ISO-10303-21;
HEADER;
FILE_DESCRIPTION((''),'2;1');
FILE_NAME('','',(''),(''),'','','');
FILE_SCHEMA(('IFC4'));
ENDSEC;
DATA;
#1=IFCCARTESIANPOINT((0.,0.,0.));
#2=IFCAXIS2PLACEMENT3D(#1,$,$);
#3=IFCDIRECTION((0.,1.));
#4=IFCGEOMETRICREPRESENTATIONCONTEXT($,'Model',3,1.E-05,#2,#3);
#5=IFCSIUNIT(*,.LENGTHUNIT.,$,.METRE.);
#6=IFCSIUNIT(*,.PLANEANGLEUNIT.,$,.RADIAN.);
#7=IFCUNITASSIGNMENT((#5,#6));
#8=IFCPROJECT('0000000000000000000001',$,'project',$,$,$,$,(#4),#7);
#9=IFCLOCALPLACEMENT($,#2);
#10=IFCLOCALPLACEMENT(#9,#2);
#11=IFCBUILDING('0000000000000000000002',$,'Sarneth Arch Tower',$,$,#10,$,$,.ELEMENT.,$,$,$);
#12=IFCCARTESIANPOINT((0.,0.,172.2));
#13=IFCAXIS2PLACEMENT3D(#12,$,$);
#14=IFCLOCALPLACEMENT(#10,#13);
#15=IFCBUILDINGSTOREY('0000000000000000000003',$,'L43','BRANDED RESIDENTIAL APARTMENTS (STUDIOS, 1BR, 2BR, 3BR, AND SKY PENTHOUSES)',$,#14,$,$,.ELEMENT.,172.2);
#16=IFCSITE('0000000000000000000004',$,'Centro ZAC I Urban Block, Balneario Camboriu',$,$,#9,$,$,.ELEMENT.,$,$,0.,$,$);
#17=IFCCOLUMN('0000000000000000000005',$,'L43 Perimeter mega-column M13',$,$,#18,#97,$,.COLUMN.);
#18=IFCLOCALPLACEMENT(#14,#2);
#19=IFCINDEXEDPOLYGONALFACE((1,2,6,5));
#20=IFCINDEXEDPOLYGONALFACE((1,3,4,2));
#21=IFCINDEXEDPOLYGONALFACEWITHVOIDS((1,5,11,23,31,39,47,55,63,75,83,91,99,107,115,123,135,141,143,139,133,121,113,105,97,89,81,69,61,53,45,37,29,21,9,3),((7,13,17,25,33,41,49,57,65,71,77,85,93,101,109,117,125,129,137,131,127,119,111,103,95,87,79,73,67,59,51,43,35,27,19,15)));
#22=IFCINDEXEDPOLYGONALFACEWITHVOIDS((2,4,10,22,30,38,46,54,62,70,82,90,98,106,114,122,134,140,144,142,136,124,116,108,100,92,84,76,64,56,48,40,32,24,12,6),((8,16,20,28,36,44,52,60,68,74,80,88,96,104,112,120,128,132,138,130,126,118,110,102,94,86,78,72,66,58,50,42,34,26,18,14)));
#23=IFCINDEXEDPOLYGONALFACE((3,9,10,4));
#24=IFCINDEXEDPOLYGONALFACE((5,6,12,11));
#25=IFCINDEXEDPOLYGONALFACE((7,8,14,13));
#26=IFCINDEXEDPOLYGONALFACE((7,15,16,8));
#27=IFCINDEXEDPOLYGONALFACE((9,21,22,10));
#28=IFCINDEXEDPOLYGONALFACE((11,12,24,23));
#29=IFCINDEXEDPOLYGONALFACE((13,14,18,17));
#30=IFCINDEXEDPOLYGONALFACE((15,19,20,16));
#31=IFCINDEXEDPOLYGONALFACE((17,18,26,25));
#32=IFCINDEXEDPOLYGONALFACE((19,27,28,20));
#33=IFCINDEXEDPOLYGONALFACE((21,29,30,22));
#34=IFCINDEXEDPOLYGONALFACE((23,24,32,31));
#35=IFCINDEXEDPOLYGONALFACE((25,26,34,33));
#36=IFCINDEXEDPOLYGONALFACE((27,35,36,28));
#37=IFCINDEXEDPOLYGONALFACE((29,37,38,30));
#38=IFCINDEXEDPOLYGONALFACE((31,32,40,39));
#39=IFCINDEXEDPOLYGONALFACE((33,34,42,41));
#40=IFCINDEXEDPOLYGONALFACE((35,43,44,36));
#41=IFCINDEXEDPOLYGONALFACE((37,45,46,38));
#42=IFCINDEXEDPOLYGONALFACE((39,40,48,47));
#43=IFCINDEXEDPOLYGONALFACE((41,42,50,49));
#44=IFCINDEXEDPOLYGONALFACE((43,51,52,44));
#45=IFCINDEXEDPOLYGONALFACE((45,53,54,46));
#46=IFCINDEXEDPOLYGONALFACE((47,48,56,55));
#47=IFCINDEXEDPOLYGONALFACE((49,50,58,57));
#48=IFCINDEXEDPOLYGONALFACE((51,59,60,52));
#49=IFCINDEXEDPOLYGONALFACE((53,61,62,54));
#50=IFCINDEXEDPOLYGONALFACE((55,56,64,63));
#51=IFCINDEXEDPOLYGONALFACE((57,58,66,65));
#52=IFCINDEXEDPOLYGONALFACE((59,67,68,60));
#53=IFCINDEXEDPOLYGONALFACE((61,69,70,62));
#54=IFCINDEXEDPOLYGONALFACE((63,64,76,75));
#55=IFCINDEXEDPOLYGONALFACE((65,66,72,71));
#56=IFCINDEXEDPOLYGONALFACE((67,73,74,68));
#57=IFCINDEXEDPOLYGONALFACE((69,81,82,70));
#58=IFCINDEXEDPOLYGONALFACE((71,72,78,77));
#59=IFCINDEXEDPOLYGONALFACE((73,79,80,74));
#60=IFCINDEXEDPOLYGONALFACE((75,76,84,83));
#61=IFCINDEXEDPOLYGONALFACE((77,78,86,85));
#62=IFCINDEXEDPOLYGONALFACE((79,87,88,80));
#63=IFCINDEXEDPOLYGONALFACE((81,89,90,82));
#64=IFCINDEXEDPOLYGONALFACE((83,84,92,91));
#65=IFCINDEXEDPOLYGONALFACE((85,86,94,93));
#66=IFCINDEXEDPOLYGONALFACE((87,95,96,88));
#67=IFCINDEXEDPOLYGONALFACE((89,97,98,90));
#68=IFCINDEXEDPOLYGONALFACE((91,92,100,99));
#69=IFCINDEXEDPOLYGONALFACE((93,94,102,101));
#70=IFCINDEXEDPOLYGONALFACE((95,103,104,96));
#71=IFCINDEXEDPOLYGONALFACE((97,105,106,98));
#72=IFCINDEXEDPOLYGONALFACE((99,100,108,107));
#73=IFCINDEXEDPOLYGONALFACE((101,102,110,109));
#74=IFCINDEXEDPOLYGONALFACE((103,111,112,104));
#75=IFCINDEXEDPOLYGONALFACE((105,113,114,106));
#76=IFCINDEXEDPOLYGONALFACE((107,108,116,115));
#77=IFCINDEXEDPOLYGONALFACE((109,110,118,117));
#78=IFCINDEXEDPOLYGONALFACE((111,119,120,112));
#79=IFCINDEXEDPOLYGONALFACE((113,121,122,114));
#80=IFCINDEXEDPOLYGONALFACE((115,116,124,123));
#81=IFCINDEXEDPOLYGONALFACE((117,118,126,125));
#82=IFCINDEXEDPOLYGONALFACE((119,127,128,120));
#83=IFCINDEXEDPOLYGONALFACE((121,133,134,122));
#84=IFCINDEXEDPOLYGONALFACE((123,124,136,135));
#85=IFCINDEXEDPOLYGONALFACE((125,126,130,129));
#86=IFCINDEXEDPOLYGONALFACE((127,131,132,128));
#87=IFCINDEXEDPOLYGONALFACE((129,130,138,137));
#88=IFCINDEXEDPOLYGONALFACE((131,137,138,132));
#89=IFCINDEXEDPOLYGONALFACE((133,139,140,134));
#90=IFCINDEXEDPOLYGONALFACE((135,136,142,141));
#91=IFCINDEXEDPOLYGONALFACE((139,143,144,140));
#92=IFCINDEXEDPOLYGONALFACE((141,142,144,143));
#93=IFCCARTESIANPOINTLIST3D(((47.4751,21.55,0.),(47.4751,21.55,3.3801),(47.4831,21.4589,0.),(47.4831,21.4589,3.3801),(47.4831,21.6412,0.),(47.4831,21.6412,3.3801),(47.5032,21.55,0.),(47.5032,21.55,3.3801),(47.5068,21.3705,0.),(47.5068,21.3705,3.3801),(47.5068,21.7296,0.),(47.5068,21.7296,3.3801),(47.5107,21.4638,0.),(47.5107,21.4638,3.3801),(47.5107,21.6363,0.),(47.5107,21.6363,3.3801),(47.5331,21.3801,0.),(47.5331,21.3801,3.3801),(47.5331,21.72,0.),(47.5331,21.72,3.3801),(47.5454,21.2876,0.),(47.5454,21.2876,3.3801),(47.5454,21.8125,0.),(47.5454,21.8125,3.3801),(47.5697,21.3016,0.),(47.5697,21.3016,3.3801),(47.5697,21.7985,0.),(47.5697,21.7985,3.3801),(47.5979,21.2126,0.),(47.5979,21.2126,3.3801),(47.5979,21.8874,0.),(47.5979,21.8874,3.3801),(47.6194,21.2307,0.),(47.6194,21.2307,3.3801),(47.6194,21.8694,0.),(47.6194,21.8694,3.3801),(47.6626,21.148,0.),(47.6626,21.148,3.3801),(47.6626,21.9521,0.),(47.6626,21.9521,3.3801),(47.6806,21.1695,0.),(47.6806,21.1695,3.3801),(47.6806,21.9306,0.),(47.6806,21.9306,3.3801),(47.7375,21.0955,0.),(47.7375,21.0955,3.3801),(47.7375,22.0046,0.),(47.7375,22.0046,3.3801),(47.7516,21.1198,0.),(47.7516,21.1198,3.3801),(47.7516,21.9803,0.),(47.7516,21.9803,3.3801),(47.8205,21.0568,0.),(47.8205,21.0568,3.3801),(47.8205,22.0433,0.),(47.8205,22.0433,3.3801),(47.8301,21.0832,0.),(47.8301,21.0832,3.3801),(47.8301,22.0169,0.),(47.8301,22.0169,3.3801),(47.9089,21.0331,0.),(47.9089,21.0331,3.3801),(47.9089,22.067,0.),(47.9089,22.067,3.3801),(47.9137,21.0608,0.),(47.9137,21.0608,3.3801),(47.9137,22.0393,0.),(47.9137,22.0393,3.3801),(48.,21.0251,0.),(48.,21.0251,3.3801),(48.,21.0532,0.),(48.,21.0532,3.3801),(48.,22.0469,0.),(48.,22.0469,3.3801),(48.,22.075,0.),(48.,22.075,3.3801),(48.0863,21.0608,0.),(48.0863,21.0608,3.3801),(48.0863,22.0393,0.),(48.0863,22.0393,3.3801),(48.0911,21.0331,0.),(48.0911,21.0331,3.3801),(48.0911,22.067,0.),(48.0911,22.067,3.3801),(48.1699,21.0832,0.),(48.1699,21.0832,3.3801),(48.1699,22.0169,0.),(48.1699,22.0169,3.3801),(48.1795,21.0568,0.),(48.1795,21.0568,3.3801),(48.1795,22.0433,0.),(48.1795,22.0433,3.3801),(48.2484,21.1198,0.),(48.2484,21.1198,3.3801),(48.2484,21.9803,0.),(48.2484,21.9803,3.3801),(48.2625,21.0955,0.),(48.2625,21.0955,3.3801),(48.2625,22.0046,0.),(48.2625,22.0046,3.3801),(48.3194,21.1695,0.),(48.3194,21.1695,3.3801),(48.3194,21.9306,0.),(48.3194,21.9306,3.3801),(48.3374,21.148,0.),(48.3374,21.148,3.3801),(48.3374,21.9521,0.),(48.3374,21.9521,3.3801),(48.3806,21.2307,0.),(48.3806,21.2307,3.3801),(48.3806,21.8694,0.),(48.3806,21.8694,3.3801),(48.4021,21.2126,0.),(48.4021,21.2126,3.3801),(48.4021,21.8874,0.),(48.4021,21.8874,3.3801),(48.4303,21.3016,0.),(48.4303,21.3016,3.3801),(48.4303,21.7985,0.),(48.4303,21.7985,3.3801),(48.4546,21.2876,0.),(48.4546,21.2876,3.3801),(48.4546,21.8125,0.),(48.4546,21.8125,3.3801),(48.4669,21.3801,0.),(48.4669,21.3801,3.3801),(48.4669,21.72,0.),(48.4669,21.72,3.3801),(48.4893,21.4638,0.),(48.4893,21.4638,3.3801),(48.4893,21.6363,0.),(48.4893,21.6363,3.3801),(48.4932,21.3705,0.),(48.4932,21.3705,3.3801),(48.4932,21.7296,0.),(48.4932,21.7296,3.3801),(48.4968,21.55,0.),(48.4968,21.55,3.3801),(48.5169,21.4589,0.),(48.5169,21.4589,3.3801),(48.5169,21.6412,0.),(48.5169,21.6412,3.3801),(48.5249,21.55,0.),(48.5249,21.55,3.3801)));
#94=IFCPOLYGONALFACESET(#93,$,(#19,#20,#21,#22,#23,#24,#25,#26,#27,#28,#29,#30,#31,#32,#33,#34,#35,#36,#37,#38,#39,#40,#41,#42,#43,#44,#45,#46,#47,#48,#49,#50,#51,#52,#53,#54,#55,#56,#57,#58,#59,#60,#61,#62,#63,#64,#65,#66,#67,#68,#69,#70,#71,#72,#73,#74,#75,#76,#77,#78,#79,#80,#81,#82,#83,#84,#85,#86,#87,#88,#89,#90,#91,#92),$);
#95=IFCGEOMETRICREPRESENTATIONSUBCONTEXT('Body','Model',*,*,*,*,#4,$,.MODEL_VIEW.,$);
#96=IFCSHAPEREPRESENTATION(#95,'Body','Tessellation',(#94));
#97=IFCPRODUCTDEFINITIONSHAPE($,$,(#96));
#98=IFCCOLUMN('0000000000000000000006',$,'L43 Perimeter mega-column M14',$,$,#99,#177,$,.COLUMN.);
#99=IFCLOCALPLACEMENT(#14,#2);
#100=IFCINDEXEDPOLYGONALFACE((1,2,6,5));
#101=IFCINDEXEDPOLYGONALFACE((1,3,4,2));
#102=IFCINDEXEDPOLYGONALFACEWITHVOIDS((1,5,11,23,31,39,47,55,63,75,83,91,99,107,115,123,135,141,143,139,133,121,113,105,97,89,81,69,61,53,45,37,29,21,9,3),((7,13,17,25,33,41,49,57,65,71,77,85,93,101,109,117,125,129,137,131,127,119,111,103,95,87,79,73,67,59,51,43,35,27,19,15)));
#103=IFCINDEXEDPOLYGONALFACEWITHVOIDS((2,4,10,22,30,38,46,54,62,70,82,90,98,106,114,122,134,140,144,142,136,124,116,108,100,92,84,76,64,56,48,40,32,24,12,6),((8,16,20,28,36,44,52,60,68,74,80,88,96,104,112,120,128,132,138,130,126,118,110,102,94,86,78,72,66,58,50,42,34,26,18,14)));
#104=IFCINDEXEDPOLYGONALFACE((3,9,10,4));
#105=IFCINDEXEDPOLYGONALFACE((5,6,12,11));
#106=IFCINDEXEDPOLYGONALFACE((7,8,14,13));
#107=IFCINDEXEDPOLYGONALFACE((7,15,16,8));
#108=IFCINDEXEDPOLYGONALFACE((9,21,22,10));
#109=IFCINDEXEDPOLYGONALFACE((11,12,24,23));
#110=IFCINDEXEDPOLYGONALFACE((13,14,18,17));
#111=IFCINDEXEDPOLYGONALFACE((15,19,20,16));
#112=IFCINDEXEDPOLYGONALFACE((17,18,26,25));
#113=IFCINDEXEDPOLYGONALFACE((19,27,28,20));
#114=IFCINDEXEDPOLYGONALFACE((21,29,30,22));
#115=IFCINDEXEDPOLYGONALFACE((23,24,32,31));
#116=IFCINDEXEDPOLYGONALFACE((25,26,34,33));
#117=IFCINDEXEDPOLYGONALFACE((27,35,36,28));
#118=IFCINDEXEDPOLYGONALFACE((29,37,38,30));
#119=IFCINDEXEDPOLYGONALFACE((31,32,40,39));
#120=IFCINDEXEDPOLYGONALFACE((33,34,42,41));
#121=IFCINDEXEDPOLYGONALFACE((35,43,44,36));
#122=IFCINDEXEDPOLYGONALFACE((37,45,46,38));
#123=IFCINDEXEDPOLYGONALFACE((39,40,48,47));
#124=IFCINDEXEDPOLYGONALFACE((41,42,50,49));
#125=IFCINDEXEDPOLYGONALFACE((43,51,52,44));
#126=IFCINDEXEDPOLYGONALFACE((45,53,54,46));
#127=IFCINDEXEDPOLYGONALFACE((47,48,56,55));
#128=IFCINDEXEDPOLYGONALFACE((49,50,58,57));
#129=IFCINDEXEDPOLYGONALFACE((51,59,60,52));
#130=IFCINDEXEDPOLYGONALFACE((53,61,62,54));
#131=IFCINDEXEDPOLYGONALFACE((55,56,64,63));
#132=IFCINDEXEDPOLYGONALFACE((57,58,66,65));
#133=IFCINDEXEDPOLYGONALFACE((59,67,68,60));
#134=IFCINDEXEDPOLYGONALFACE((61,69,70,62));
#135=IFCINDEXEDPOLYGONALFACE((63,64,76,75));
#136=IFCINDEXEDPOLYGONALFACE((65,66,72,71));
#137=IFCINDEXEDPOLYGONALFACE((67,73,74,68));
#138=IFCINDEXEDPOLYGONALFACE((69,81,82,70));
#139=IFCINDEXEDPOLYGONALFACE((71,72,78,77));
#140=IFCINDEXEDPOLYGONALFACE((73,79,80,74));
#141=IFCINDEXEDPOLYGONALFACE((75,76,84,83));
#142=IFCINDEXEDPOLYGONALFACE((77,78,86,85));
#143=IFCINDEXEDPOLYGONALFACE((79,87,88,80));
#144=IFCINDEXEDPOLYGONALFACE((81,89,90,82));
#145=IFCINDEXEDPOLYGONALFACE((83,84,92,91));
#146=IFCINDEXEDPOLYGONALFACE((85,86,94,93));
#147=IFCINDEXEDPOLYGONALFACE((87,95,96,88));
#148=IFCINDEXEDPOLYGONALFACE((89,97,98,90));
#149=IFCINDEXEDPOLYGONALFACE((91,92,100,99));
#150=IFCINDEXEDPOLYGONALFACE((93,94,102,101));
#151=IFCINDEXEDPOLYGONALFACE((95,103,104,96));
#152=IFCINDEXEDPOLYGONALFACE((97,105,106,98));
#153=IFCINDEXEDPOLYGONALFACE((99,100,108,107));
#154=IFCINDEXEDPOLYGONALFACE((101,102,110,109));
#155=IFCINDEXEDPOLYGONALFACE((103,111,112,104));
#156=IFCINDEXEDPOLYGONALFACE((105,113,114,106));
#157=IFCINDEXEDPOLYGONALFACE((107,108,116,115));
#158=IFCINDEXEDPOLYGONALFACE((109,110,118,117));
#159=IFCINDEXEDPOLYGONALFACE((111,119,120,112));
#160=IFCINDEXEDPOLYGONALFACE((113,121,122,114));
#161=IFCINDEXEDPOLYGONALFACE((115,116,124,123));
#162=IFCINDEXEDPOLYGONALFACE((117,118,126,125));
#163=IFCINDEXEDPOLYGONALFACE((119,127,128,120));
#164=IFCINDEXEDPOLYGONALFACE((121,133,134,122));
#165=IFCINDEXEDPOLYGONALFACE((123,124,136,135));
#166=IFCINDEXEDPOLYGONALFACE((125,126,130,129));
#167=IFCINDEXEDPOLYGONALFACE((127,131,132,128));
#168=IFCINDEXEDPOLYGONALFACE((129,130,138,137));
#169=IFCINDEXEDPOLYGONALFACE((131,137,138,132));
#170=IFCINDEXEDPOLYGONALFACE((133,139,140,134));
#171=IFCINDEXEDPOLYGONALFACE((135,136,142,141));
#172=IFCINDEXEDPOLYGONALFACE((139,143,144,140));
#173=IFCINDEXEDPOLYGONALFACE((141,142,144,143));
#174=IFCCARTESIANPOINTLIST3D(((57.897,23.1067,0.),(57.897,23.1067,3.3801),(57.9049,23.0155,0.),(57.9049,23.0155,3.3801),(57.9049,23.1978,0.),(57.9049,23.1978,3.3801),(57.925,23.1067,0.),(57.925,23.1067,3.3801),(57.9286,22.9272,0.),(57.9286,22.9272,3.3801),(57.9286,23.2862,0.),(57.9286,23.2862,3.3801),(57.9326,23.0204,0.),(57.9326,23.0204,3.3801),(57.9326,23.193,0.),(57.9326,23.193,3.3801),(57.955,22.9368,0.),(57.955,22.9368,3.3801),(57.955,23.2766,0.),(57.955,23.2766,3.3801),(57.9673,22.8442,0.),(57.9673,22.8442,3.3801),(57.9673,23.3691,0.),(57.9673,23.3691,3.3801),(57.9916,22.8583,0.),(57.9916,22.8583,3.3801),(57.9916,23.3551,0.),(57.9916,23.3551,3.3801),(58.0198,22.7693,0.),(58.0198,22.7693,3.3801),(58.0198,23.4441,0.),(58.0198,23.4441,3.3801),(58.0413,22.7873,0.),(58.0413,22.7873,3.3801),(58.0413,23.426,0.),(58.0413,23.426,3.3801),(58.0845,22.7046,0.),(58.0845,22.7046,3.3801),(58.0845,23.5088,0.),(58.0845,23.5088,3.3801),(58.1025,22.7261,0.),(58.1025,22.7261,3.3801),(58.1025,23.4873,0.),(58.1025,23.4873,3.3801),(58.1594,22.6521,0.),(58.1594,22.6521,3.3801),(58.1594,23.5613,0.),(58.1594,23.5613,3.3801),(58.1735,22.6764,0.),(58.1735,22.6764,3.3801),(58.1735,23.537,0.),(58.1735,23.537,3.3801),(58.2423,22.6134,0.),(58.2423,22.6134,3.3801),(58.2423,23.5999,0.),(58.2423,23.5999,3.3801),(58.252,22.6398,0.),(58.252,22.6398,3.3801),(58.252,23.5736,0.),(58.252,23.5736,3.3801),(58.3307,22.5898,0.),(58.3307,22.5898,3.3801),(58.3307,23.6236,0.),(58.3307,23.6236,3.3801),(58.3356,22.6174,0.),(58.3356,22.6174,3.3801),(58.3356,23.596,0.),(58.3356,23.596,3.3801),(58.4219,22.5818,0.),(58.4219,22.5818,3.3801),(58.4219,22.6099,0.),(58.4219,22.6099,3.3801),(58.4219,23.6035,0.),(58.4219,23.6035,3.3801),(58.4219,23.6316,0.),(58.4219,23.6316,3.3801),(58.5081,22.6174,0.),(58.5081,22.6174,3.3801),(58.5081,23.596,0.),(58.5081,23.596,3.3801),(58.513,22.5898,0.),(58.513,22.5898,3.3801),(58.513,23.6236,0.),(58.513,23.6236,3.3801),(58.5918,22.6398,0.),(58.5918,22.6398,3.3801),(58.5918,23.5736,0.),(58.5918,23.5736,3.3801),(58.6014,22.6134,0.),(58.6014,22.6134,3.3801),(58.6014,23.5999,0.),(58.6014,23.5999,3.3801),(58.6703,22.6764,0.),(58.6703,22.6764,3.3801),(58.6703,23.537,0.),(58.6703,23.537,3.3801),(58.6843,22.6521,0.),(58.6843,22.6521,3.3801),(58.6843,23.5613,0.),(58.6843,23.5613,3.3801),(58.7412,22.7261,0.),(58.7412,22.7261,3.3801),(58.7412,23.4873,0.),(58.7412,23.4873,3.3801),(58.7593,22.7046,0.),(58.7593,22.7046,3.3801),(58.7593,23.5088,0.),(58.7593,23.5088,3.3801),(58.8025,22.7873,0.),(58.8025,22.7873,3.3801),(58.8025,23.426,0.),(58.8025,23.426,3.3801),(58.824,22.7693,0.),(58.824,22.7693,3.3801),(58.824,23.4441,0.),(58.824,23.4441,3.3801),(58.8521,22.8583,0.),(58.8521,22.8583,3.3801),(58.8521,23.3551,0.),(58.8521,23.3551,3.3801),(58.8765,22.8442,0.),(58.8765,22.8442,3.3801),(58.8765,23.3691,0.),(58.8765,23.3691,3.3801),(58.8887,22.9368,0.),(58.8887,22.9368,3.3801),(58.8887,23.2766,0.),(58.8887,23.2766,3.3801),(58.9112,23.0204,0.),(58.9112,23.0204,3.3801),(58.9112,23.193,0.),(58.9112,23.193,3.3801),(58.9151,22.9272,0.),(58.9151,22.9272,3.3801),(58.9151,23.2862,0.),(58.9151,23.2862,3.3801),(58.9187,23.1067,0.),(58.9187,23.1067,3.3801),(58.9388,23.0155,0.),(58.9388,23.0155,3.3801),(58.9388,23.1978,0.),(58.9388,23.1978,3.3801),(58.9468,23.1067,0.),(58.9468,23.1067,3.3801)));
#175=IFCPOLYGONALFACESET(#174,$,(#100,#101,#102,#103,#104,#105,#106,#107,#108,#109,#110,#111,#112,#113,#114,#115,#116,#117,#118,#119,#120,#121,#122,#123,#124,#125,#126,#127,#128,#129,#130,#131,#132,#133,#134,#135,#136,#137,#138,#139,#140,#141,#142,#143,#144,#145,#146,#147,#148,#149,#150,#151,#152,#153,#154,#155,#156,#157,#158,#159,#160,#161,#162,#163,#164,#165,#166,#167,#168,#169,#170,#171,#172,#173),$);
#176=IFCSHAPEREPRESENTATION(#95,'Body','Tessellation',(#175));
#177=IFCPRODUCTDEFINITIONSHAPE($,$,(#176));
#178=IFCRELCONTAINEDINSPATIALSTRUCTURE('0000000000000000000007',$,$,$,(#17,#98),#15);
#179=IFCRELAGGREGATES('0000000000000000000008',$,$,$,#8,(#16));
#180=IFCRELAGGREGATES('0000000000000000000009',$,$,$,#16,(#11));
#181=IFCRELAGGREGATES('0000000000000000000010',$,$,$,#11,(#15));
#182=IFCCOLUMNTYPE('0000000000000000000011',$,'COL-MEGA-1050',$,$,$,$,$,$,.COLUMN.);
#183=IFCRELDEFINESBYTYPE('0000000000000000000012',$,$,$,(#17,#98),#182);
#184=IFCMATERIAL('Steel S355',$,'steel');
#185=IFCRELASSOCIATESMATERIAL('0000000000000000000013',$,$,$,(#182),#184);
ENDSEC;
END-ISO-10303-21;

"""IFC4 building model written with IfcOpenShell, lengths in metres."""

from ifc_helpers import new_model, si_unit, direction, frame, origin, origin_2d, place, context, subcontext, project, spatial, hollow_circle, extrude, material, material_profile, profile_set, type_object, element, save


model = new_model("IFC4")

# Units and contexts
model_context = context("Model", 3, precision=1e-05, world=origin(), true_north=direction((0.0, 1.0)))
body_context = subcontext(model_context, "Body", "Model", "MODEL_VIEW")
ifc_project = project(units=[si_unit("LENGTHUNIT", "METRE"), si_unit("PLANEANGLEUNIT", "RADIAN")], contexts=[model_context])

# Site, building, storey
site_placement = place(None, origin())
site = spatial("IfcSite", under=ifc_project, at=site_placement, Name="Centro ZAC I Urban Block, Balneario Camboriu", CompositionType="ELEMENT", RefElevation=0.0)
building_placement = place(site_placement, origin())
building = spatial("IfcBuilding", under=site, at=building_placement, Name="Sarneth Arch Tower", CompositionType="ELEMENT")
storey_placement = place(building_placement, frame((0.0, 0.0, 172.2)))
storey = spatial("IfcBuildingStorey", under=building, at=storey_placement, Name="L43", Description="BRANDED RESIDENTIAL APARTMENTS (STUDIOS, 1BR, 2BR, 3BR, AND SKY PENTHOUSES)", CompositionType="ELEMENT", Elevation=172.2)

# Columns
ifc_material_1 = material(Name="Steel S355", Category="steel")
ifc_material_profile_1 = material_profile(ifc_material_1, hollow_circle(Radius=0.5249, WallThickness=0.0281, at=origin_2d()), Name="CHS1050x28")
ifc_profile_set_1 = profile_set([ifc_material_profile_1], Name="Steel S355")
column_type = type_object("IfcColumnType", Name="COL-MEGA-1050", PredefinedType="COLUMN", material=ifc_profile_set_1)
for number, where, z_axis, x_axis, name in (
    (1, (48.0, 21.55, 0.0), (0.0, 0.0, 1.0), (1.0, 0.0, 0.0), "L43 Perimeter mega-column M13"),
    (2, (58.4219, 23.1067, 0.0), (0.0, 0.0, 1.0), (1.0, 0.0, 0.0), "L43 Perimeter mega-column M14"),
):
    element("IfcColumn", number, at=place(storey_placement, frame(where, z_axis=z_axis, x_axis=x_axis)), inside=storey, type_object=column_type, Name=name, PredefinedType="COLUMN", context=body_context, shape_type="SweptSolid", body=[
        extrude(hollow_circle(Radius=0.5249, WallThickness=0.0281, at=origin_2d()), origin(), (0.0, 0.0, 1.0), 3.3801),
    ])

save(model, "model.ifc")
